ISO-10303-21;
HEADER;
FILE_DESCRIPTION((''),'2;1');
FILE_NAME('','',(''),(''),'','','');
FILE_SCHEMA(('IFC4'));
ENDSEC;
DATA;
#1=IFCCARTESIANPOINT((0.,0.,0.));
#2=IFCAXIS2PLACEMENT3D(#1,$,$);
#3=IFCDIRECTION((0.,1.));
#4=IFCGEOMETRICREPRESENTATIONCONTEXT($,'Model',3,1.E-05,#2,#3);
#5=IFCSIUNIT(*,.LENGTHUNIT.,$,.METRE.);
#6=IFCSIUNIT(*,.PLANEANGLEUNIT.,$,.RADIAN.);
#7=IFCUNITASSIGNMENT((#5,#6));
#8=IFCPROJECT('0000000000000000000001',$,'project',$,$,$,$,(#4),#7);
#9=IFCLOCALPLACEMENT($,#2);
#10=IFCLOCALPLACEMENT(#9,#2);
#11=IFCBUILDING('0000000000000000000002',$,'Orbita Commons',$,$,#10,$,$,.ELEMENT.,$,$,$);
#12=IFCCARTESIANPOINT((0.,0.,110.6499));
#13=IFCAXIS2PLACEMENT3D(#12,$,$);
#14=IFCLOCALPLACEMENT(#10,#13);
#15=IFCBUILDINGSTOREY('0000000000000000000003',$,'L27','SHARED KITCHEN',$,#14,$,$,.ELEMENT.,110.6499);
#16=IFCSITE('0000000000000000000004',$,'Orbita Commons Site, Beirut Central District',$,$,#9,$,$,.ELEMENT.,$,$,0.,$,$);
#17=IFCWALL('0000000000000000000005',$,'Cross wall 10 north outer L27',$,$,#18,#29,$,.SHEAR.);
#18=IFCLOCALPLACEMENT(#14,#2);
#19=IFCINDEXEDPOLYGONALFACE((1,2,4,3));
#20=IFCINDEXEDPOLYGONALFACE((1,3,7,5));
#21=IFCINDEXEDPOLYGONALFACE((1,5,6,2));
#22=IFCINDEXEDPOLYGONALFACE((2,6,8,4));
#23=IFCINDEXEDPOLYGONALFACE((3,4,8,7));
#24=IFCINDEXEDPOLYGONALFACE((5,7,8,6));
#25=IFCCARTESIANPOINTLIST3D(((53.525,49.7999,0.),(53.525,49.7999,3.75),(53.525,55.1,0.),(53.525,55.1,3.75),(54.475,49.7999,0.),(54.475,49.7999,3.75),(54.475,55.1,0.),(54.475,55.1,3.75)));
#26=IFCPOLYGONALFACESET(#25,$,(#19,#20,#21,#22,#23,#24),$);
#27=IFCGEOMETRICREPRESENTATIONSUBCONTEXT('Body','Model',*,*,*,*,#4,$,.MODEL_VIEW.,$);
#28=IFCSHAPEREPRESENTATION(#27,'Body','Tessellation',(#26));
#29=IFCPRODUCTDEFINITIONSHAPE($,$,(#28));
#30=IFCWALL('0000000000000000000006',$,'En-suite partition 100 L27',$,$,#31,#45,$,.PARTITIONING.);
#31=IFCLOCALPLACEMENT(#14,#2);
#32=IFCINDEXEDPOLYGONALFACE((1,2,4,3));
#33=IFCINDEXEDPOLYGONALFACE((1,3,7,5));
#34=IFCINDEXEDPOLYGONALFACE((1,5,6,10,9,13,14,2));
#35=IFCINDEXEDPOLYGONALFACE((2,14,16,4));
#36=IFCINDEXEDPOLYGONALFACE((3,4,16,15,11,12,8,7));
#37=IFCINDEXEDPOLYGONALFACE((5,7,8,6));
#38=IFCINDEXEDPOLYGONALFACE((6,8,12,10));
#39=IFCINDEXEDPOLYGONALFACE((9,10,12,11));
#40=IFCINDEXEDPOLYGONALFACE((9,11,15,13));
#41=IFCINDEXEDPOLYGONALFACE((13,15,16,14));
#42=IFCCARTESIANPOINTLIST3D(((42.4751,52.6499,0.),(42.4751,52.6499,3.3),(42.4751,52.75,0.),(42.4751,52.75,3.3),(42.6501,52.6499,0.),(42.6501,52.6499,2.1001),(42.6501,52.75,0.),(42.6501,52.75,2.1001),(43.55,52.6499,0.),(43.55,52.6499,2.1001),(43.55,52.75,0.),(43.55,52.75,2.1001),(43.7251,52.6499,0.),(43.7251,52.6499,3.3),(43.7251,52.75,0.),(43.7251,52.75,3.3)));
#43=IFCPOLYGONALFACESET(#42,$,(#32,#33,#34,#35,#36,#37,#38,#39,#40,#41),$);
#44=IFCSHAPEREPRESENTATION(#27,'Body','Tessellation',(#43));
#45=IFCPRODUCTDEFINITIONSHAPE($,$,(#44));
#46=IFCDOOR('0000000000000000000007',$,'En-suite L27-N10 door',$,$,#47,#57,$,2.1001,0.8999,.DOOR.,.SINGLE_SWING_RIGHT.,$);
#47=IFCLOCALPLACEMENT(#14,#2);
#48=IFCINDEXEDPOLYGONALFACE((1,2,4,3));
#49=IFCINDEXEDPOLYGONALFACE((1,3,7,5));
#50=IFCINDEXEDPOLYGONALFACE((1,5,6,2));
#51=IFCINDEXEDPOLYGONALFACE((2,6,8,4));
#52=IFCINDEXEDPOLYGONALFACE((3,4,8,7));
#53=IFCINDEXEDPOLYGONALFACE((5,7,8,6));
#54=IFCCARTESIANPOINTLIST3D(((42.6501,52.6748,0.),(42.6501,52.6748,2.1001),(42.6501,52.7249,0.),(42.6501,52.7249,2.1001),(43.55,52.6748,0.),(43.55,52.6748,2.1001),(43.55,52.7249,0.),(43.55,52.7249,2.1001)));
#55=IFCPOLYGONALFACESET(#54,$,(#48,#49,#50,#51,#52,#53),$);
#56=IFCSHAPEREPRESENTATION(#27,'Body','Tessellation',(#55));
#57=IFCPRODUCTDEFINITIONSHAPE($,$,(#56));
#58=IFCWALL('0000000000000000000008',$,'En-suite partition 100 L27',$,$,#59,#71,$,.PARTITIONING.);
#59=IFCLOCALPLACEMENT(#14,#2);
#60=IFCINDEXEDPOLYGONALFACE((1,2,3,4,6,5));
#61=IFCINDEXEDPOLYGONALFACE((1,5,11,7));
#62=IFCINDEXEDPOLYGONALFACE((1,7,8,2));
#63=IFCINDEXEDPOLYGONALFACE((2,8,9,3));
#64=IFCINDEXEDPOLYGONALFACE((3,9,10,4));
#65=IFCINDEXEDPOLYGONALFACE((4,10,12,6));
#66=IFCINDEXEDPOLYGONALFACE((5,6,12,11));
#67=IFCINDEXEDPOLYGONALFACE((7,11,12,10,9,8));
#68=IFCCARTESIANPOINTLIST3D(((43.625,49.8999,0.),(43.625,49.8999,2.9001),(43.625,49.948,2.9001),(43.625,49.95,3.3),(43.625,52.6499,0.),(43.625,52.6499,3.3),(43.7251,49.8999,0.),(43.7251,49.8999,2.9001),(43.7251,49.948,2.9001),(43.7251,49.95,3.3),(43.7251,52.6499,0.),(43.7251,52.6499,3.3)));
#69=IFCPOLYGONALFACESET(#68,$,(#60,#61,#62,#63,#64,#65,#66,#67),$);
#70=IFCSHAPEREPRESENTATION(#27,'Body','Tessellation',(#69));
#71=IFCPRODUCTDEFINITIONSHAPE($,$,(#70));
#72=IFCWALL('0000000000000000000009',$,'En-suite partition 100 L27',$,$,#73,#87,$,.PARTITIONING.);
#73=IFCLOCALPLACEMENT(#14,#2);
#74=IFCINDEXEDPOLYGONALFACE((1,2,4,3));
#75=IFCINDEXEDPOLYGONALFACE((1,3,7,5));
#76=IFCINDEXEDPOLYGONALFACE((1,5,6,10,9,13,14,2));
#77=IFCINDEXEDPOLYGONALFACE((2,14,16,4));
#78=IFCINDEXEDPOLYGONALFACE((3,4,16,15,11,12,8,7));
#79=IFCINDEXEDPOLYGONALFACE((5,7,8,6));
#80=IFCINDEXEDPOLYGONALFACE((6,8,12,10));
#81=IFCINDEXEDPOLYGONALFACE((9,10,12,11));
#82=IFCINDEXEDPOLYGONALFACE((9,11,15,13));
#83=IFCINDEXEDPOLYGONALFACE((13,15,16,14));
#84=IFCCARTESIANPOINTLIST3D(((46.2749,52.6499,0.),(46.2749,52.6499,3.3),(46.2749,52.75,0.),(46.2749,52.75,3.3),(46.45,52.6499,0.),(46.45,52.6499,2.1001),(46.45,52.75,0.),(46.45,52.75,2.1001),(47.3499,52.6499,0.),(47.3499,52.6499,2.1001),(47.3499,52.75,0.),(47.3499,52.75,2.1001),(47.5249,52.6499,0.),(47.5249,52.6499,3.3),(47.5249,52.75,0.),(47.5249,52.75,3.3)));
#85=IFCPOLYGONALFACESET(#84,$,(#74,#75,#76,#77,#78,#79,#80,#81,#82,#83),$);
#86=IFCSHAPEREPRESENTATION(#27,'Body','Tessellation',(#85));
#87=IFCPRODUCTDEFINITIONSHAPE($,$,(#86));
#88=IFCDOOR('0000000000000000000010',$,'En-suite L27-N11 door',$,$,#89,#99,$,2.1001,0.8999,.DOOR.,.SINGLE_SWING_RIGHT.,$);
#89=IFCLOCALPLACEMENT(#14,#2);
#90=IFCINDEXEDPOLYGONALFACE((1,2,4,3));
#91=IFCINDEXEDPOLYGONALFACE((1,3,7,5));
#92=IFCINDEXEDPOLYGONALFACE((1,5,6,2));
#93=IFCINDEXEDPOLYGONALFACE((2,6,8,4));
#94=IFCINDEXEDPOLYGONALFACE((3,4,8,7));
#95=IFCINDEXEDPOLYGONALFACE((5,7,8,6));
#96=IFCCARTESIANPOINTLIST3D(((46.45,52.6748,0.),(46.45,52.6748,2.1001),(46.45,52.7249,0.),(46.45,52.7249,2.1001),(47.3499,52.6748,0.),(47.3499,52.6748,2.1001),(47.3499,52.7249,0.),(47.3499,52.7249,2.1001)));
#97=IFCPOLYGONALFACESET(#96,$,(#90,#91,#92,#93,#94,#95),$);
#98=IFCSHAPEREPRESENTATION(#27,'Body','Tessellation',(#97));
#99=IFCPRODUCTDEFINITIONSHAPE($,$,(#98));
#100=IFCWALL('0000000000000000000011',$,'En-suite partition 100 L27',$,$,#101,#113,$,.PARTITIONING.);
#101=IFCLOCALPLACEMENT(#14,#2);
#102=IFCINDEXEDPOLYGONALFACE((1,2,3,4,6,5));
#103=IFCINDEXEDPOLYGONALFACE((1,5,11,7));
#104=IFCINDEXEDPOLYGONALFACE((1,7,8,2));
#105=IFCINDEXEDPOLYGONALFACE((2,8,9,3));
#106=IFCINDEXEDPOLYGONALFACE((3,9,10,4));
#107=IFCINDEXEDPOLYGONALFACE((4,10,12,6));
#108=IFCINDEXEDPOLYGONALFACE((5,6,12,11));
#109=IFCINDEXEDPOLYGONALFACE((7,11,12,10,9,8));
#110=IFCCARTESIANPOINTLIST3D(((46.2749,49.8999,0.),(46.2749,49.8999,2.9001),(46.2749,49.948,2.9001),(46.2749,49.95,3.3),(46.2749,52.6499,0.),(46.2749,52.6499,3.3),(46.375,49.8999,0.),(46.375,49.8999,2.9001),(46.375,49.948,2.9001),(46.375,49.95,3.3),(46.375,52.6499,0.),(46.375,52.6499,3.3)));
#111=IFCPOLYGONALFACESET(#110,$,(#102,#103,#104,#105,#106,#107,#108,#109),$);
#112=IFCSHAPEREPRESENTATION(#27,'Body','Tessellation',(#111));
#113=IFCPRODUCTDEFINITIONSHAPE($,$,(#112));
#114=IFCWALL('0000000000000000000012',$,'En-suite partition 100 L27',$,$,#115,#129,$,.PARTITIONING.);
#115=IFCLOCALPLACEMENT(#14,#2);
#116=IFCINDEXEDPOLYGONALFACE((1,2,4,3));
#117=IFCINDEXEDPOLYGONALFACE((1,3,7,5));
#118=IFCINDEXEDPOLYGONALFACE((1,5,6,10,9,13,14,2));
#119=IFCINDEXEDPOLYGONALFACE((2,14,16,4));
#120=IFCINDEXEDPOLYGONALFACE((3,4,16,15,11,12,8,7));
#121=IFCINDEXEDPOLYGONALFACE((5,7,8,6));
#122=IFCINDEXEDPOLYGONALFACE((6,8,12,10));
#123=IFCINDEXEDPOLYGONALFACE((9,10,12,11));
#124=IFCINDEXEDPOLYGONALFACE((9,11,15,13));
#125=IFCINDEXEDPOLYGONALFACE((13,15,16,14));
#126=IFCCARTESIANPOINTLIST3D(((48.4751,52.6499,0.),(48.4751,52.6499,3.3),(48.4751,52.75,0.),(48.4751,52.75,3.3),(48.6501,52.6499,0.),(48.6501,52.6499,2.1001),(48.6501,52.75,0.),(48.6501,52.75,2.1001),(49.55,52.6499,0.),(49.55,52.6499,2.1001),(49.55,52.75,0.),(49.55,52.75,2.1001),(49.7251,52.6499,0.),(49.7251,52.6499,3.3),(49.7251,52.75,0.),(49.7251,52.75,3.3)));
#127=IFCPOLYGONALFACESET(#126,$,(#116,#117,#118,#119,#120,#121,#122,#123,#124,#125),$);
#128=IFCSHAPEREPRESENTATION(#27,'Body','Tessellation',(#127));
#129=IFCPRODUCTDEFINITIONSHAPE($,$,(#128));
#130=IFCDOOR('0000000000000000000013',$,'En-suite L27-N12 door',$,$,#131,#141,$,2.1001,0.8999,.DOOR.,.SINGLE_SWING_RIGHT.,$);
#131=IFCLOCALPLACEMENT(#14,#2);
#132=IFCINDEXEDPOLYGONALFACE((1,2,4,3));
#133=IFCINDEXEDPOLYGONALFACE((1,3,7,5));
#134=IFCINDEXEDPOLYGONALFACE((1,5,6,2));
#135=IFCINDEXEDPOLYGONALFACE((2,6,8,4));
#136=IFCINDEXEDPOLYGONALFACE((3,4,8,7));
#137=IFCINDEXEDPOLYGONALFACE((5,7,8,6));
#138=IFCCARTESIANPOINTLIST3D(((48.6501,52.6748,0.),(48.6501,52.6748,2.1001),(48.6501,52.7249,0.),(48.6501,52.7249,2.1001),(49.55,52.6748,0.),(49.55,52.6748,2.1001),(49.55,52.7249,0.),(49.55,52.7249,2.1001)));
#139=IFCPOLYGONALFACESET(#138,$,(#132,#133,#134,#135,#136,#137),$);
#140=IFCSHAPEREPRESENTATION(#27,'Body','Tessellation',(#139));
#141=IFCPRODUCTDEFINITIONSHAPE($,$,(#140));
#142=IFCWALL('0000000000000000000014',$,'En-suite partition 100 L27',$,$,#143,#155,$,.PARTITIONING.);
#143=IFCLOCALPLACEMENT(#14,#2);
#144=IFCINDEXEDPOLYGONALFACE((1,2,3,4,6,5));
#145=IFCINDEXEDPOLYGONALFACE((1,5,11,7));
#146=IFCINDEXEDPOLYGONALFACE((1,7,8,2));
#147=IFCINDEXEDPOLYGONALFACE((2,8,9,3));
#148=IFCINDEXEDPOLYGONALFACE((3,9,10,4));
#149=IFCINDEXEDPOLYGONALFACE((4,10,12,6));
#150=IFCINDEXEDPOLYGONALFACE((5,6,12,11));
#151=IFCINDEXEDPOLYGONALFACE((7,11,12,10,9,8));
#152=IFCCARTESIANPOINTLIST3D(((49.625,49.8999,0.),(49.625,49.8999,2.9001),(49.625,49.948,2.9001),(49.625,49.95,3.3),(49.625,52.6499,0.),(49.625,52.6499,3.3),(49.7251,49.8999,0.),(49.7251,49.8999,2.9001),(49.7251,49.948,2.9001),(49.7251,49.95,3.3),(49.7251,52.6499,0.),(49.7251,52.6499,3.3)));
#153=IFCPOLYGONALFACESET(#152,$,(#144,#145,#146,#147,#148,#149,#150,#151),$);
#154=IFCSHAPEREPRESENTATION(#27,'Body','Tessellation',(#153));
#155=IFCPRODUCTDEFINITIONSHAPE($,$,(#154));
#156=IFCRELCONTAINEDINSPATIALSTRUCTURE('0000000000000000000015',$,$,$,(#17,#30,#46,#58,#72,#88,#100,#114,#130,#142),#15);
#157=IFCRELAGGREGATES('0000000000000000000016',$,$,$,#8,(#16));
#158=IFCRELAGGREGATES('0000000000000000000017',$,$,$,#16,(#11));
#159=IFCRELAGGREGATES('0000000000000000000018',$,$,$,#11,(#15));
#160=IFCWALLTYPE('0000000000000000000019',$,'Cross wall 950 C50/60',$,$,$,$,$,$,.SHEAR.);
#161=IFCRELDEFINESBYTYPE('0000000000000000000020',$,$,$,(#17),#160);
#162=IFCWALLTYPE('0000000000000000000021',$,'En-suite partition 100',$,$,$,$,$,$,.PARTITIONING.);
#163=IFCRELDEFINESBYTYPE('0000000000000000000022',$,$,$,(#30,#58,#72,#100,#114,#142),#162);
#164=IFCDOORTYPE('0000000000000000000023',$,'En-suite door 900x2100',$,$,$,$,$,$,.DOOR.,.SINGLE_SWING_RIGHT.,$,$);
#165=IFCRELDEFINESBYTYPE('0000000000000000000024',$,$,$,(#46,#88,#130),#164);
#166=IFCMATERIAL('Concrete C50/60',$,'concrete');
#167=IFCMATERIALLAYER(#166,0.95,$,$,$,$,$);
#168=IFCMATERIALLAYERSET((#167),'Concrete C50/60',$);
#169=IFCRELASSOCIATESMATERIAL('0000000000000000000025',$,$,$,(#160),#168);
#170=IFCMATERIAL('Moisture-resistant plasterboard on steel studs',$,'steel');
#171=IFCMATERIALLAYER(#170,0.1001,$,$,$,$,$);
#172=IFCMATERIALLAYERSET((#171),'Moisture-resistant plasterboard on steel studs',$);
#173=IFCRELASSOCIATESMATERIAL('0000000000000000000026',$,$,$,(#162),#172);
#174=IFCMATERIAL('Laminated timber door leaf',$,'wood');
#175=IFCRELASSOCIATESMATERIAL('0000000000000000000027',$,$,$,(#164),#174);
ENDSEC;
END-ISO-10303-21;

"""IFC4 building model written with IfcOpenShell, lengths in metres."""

from ifc_helpers import new_model, si_unit, direction, frame, frame_2d, origin, place, context, subcontext, project, spatial, polyline, rectangle, outline, extrude, material, layer, layer_set, type_object, element, fill, save


model = new_model("IFC4")

# Units and contexts
model_context = context("Model", 3, precision=1e-05, world=origin(), true_north=direction((0.0, 1.0)))
body_context = subcontext(model_context, "Body", "Model", "MODEL_VIEW")
ifc_project = project(units=[si_unit("LENGTHUNIT", "METRE"), si_unit("PLANEANGLEUNIT", "RADIAN")], contexts=[model_context])

# Site, building, storey
site_placement = place(None, origin())
site = spatial("IfcSite", under=ifc_project, at=site_placement, Name="Orbita Commons Site, Beirut Central District", CompositionType="ELEMENT", RefElevation=0.0)
building_placement = place(site_placement, origin())
building = spatial("IfcBuilding", under=site, at=building_placement, Name="Orbita Commons", CompositionType="ELEMENT")
storey_placement = place(building_placement, frame((0.0, 0.0, 110.6499)))
storey = spatial("IfcBuildingStorey", under=building, at=storey_placement, Name="L27", Description="SHARED KITCHEN", CompositionType="ELEMENT", Elevation=110.6499)

# Wall
ifc_material_1 = material(Name="Concrete C50/60", Category="concrete")
ifc_layer_1 = layer(ifc_material_1, 0.95)
ifc_layer_set_1 = layer_set([ifc_layer_1], Name="Concrete C50/60")
wall_type_1 = type_object("IfcWallType", Name="Cross wall 950 C50/60", PredefinedType="SHEAR", material=ifc_layer_set_1)
for number, where, z_axis, x_axis, name in (
    (1, (54.0, 49.8, 0.0), (0.0, 0.0, 1.0), (0.0, 1.0, 0.0), "Cross wall 10 north outer L27"),
):
    element("IfcWall", number, at=place(storey_placement, frame(where, z_axis=z_axis, x_axis=x_axis)), inside=storey, type_object=wall_type_1, Name=name, PredefinedType="SHEAR", context=body_context, shape_type="SweptSolid", body=[
        extrude(rectangle(XDim=5.3, YDim=0.95, at=frame_2d((2.6499, 0.0))), origin(), (0.0, 0.0, 1.0), 3.75),
    ])

# Wall, opening, door
ifc_material_2 = material(Name="Moisture-resistant plasterboard on steel studs", Category="steel")
ifc_layer_2 = layer(ifc_material_2, 0.1001)
ifc_layer_set_2 = layer_set([ifc_layer_2], Name="Moisture-resistant plasterboard on steel studs")
wall_type_2 = type_object("IfcWallType", Name="En-suite partition 100", PredefinedType="PARTITIONING", material=ifc_layer_set_2)
wall_1_placement = place(storey_placement, frame((42.4751, 52.7, 0.0), z_axis=(0.0, 0.0, 1.0), x_axis=(1.0, 0.0, 0.0)))
wall_1 = element("IfcWall", 2, at=wall_1_placement, inside=storey, type_object=wall_type_2, Name="En-suite partition 100 L27", PredefinedType="PARTITIONING", context=body_context, shape_type="SweptSolid", body=[
    extrude(rectangle(XDim=1.25, YDim=0.1001, at=frame_2d((0.625, 0.0))), origin(), (0.0, 0.0, 1.0), 3.3),
])
opening_1_placement = place(wall_1_placement, frame((0.175, 0.0, 0.0)))
opening_1 = element("IfcOpeningElement", 3, at=opening_1_placement, cuts=wall_1, PredefinedType="OPENING", context=body_context, shape_type="SweptSolid", body=[
    extrude(rectangle(XDim=0.8999, YDim=2.1001, at=frame_2d((0.45, 1.05))), frame((0.0, 0.0601, 0.0), z_axis=(0.0, -1.0, 0.0), x_axis=(1.0, 0.0, 0.0)), (0.0, 0.0, 1.0), 0.1201),
])
ifc_material_3 = material(Name="Laminated timber door leaf", Category="wood")
door_type_1 = type_object("IfcDoorType", Name="En-suite door 900x2100", OperationType="SINGLE_SWING_RIGHT", PredefinedType="DOOR", material=ifc_material_3)
door_1_placement = place(opening_1_placement, origin())
door_1 = element("IfcDoor", 4, at=door_1_placement, inside=storey, type_object=door_type_1, Name="En-suite L27-N10 door", OperationType="SINGLE_SWING_RIGHT", OverallHeight=2.1001, OverallWidth=0.8999, PredefinedType="DOOR", context=body_context, shape_type="SweptSolid", body=[
    extrude(rectangle(XDim=0.8999, YDim=2.1001, at=frame_2d((0.45, 1.05))), frame((0.0, 0.0249, 0.0), z_axis=(0.0, -1.0, 0.0), x_axis=(1.0, 0.0, 0.0)), (0.0, 0.0, 1.0), 0.05),
])
fill(opening_1, door_1)

# Wall
wall_2_placement = place(storey_placement, frame((43.675, 52.6499, 0.0), z_axis=(0.0, 0.0, 1.0), x_axis=(0.0, -1.0, 0.0)))
element("IfcWall", 5, at=wall_2_placement, inside=storey, type_object=wall_type_2, Name="En-suite partition 100 L27", PredefinedType="PARTITIONING", context=body_context, shape_type="SweptSolid", body=[
    extrude(outline(polyline([(0.0, 0.0), (2.75, 0.0), (2.75, 2.9001), (2.7019, 2.9001), (2.7, 3.3), (0.0, 3.3), (0.0, 0.0)])), frame((0.0, 0.05, 0.0), z_axis=(0.0, -1.0, 0.0), x_axis=(1.0, 0.0, 0.0)), (0.0, 0.0, 1.0), 0.1001),
])

# Wall, opening, door
wall_3_placement = place(storey_placement, frame((46.2749, 52.7, 0.0), z_axis=(0.0, 0.0, 1.0), x_axis=(1.0, 0.0, 0.0)))
wall_3 = element("IfcWall", 6, at=wall_3_placement, inside=storey, type_object=wall_type_2, Name="En-suite partition 100 L27", PredefinedType="PARTITIONING", context=body_context, shape_type="SweptSolid", body=[
    extrude(rectangle(XDim=1.25, YDim=0.1001, at=frame_2d((0.625, 0.0))), origin(), (0.0, 0.0, 1.0), 3.3),
])
opening_2_placement = place(wall_3_placement, frame((0.175, 0.0, 0.0)))
opening_2 = element("IfcOpeningElement", 7, at=opening_2_placement, cuts=wall_3, PredefinedType="OPENING", context=body_context, shape_type="SweptSolid", body=[
    extrude(rectangle(XDim=0.8999, YDim=2.1001, at=frame_2d((0.45, 1.05))), frame((0.0, 0.0601, 0.0), z_axis=(0.0, -1.0, 0.0), x_axis=(1.0, 0.0, 0.0)), (0.0, 0.0, 1.0), 0.1201),
])
door_2_placement = place(opening_2_placement, origin())
door_2 = element("IfcDoor", 8, at=door_2_placement, inside=storey, type_object=door_type_1, Name="En-suite L27-N11 door", OperationType="SINGLE_SWING_RIGHT", OverallHeight=2.1001, OverallWidth=0.8999, PredefinedType="DOOR", context=body_context, shape_type="SweptSolid", body=[
    extrude(rectangle(XDim=0.8999, YDim=2.1001, at=frame_2d((0.45, 1.05))), frame((0.0, 0.0249, 0.0), z_axis=(0.0, -1.0, 0.0), x_axis=(1.0, 0.0, 0.0)), (0.0, 0.0, 1.0), 0.05),
])
fill(opening_2, door_2)

# Wall
wall_4_placement = place(storey_placement, frame((46.325, 52.6499, 0.0), z_axis=(0.0, 0.0, 1.0), x_axis=(0.0, -1.0, 0.0)))
element("IfcWall", 9, at=wall_4_placement, inside=storey, type_object=wall_type_2, Name="En-suite partition 100 L27", PredefinedType="PARTITIONING", context=body_context, shape_type="SweptSolid", body=[
    extrude(outline(polyline([(0.0, 0.0), (2.75, 0.0), (2.75, 2.9001), (2.7019, 2.9001), (2.7, 3.3), (0.0, 3.3), (0.0, 0.0)])), frame((0.0, 0.05, 0.0), z_axis=(0.0, -1.0, 0.0), x_axis=(1.0, 0.0, 0.0)), (0.0, 0.0, 1.0), 0.1001),
])

# Wall, opening, door
wall_5_placement = place(storey_placement, frame((48.4751, 52.7, 0.0), z_axis=(0.0, 0.0, 1.0), x_axis=(1.0, 0.0, 0.0)))
wall_5 = element("IfcWall", 10, at=wall_5_placement, inside=storey, type_object=wall_type_2, Name="En-suite partition 100 L27", PredefinedType="PARTITIONING", context=body_context, shape_type="SweptSolid", body=[
    extrude(rectangle(XDim=1.25, YDim=0.1001, at=frame_2d((0.625, 0.0))), origin(), (0.0, 0.0, 1.0), 3.3),
])
opening_3_placement = place(wall_5_placement, frame((0.175, 0.0, 0.0)))
opening_3 = element("IfcOpeningElement", 11, at=opening_3_placement, cuts=wall_5, PredefinedType="OPENING", context=body_context, shape_type="SweptSolid", body=[
    extrude(rectangle(XDim=0.8999, YDim=2.1001, at=frame_2d((0.45, 1.05))), frame((0.0, 0.0601, 0.0), z_axis=(0.0, -1.0, 0.0), x_axis=(1.0, 0.0, 0.0)), (0.0, 0.0, 1.0), 0.1201),
])
door_3_placement = place(opening_3_placement, origin())
door_3 = element("IfcDoor", 12, at=door_3_placement, inside=storey, type_object=door_type_1, Name="En-suite L27-N12 door", OperationType="SINGLE_SWING_RIGHT", OverallHeight=2.1001, OverallWidth=0.8999, PredefinedType="DOOR", context=body_context, shape_type="SweptSolid", body=[
    extrude(rectangle(XDim=0.8999, YDim=2.1001, at=frame_2d((0.45, 1.05))), frame((0.0, 0.0249, 0.0), z_axis=(0.0, -1.0, 0.0), x_axis=(1.0, 0.0, 0.0)), (0.0, 0.0, 1.0), 0.05),
])
fill(opening_3, door_3)

# Wall
wall_6_placement = place(storey_placement, frame((49.675, 52.6499, 0.0), z_axis=(0.0, 0.0, 1.0), x_axis=(0.0, -1.0, 0.0)))
element("IfcWall", 13, at=wall_6_placement, inside=storey, type_object=wall_type_2, Name="En-suite partition 100 L27", PredefinedType="PARTITIONING", context=body_context, shape_type="SweptSolid", body=[
    extrude(outline(polyline([(0.0, 0.0), (2.75, 0.0), (2.75, 2.9001), (2.7019, 2.9001), (2.7, 3.3), (0.0, 3.3), (0.0, 0.0)])), frame((0.0, 0.05, 0.0), z_axis=(0.0, -1.0, 0.0), x_axis=(1.0, 0.0, 0.0)), (0.0, 0.0, 1.0), 0.1001),
])

save(model, "model.ifc")
